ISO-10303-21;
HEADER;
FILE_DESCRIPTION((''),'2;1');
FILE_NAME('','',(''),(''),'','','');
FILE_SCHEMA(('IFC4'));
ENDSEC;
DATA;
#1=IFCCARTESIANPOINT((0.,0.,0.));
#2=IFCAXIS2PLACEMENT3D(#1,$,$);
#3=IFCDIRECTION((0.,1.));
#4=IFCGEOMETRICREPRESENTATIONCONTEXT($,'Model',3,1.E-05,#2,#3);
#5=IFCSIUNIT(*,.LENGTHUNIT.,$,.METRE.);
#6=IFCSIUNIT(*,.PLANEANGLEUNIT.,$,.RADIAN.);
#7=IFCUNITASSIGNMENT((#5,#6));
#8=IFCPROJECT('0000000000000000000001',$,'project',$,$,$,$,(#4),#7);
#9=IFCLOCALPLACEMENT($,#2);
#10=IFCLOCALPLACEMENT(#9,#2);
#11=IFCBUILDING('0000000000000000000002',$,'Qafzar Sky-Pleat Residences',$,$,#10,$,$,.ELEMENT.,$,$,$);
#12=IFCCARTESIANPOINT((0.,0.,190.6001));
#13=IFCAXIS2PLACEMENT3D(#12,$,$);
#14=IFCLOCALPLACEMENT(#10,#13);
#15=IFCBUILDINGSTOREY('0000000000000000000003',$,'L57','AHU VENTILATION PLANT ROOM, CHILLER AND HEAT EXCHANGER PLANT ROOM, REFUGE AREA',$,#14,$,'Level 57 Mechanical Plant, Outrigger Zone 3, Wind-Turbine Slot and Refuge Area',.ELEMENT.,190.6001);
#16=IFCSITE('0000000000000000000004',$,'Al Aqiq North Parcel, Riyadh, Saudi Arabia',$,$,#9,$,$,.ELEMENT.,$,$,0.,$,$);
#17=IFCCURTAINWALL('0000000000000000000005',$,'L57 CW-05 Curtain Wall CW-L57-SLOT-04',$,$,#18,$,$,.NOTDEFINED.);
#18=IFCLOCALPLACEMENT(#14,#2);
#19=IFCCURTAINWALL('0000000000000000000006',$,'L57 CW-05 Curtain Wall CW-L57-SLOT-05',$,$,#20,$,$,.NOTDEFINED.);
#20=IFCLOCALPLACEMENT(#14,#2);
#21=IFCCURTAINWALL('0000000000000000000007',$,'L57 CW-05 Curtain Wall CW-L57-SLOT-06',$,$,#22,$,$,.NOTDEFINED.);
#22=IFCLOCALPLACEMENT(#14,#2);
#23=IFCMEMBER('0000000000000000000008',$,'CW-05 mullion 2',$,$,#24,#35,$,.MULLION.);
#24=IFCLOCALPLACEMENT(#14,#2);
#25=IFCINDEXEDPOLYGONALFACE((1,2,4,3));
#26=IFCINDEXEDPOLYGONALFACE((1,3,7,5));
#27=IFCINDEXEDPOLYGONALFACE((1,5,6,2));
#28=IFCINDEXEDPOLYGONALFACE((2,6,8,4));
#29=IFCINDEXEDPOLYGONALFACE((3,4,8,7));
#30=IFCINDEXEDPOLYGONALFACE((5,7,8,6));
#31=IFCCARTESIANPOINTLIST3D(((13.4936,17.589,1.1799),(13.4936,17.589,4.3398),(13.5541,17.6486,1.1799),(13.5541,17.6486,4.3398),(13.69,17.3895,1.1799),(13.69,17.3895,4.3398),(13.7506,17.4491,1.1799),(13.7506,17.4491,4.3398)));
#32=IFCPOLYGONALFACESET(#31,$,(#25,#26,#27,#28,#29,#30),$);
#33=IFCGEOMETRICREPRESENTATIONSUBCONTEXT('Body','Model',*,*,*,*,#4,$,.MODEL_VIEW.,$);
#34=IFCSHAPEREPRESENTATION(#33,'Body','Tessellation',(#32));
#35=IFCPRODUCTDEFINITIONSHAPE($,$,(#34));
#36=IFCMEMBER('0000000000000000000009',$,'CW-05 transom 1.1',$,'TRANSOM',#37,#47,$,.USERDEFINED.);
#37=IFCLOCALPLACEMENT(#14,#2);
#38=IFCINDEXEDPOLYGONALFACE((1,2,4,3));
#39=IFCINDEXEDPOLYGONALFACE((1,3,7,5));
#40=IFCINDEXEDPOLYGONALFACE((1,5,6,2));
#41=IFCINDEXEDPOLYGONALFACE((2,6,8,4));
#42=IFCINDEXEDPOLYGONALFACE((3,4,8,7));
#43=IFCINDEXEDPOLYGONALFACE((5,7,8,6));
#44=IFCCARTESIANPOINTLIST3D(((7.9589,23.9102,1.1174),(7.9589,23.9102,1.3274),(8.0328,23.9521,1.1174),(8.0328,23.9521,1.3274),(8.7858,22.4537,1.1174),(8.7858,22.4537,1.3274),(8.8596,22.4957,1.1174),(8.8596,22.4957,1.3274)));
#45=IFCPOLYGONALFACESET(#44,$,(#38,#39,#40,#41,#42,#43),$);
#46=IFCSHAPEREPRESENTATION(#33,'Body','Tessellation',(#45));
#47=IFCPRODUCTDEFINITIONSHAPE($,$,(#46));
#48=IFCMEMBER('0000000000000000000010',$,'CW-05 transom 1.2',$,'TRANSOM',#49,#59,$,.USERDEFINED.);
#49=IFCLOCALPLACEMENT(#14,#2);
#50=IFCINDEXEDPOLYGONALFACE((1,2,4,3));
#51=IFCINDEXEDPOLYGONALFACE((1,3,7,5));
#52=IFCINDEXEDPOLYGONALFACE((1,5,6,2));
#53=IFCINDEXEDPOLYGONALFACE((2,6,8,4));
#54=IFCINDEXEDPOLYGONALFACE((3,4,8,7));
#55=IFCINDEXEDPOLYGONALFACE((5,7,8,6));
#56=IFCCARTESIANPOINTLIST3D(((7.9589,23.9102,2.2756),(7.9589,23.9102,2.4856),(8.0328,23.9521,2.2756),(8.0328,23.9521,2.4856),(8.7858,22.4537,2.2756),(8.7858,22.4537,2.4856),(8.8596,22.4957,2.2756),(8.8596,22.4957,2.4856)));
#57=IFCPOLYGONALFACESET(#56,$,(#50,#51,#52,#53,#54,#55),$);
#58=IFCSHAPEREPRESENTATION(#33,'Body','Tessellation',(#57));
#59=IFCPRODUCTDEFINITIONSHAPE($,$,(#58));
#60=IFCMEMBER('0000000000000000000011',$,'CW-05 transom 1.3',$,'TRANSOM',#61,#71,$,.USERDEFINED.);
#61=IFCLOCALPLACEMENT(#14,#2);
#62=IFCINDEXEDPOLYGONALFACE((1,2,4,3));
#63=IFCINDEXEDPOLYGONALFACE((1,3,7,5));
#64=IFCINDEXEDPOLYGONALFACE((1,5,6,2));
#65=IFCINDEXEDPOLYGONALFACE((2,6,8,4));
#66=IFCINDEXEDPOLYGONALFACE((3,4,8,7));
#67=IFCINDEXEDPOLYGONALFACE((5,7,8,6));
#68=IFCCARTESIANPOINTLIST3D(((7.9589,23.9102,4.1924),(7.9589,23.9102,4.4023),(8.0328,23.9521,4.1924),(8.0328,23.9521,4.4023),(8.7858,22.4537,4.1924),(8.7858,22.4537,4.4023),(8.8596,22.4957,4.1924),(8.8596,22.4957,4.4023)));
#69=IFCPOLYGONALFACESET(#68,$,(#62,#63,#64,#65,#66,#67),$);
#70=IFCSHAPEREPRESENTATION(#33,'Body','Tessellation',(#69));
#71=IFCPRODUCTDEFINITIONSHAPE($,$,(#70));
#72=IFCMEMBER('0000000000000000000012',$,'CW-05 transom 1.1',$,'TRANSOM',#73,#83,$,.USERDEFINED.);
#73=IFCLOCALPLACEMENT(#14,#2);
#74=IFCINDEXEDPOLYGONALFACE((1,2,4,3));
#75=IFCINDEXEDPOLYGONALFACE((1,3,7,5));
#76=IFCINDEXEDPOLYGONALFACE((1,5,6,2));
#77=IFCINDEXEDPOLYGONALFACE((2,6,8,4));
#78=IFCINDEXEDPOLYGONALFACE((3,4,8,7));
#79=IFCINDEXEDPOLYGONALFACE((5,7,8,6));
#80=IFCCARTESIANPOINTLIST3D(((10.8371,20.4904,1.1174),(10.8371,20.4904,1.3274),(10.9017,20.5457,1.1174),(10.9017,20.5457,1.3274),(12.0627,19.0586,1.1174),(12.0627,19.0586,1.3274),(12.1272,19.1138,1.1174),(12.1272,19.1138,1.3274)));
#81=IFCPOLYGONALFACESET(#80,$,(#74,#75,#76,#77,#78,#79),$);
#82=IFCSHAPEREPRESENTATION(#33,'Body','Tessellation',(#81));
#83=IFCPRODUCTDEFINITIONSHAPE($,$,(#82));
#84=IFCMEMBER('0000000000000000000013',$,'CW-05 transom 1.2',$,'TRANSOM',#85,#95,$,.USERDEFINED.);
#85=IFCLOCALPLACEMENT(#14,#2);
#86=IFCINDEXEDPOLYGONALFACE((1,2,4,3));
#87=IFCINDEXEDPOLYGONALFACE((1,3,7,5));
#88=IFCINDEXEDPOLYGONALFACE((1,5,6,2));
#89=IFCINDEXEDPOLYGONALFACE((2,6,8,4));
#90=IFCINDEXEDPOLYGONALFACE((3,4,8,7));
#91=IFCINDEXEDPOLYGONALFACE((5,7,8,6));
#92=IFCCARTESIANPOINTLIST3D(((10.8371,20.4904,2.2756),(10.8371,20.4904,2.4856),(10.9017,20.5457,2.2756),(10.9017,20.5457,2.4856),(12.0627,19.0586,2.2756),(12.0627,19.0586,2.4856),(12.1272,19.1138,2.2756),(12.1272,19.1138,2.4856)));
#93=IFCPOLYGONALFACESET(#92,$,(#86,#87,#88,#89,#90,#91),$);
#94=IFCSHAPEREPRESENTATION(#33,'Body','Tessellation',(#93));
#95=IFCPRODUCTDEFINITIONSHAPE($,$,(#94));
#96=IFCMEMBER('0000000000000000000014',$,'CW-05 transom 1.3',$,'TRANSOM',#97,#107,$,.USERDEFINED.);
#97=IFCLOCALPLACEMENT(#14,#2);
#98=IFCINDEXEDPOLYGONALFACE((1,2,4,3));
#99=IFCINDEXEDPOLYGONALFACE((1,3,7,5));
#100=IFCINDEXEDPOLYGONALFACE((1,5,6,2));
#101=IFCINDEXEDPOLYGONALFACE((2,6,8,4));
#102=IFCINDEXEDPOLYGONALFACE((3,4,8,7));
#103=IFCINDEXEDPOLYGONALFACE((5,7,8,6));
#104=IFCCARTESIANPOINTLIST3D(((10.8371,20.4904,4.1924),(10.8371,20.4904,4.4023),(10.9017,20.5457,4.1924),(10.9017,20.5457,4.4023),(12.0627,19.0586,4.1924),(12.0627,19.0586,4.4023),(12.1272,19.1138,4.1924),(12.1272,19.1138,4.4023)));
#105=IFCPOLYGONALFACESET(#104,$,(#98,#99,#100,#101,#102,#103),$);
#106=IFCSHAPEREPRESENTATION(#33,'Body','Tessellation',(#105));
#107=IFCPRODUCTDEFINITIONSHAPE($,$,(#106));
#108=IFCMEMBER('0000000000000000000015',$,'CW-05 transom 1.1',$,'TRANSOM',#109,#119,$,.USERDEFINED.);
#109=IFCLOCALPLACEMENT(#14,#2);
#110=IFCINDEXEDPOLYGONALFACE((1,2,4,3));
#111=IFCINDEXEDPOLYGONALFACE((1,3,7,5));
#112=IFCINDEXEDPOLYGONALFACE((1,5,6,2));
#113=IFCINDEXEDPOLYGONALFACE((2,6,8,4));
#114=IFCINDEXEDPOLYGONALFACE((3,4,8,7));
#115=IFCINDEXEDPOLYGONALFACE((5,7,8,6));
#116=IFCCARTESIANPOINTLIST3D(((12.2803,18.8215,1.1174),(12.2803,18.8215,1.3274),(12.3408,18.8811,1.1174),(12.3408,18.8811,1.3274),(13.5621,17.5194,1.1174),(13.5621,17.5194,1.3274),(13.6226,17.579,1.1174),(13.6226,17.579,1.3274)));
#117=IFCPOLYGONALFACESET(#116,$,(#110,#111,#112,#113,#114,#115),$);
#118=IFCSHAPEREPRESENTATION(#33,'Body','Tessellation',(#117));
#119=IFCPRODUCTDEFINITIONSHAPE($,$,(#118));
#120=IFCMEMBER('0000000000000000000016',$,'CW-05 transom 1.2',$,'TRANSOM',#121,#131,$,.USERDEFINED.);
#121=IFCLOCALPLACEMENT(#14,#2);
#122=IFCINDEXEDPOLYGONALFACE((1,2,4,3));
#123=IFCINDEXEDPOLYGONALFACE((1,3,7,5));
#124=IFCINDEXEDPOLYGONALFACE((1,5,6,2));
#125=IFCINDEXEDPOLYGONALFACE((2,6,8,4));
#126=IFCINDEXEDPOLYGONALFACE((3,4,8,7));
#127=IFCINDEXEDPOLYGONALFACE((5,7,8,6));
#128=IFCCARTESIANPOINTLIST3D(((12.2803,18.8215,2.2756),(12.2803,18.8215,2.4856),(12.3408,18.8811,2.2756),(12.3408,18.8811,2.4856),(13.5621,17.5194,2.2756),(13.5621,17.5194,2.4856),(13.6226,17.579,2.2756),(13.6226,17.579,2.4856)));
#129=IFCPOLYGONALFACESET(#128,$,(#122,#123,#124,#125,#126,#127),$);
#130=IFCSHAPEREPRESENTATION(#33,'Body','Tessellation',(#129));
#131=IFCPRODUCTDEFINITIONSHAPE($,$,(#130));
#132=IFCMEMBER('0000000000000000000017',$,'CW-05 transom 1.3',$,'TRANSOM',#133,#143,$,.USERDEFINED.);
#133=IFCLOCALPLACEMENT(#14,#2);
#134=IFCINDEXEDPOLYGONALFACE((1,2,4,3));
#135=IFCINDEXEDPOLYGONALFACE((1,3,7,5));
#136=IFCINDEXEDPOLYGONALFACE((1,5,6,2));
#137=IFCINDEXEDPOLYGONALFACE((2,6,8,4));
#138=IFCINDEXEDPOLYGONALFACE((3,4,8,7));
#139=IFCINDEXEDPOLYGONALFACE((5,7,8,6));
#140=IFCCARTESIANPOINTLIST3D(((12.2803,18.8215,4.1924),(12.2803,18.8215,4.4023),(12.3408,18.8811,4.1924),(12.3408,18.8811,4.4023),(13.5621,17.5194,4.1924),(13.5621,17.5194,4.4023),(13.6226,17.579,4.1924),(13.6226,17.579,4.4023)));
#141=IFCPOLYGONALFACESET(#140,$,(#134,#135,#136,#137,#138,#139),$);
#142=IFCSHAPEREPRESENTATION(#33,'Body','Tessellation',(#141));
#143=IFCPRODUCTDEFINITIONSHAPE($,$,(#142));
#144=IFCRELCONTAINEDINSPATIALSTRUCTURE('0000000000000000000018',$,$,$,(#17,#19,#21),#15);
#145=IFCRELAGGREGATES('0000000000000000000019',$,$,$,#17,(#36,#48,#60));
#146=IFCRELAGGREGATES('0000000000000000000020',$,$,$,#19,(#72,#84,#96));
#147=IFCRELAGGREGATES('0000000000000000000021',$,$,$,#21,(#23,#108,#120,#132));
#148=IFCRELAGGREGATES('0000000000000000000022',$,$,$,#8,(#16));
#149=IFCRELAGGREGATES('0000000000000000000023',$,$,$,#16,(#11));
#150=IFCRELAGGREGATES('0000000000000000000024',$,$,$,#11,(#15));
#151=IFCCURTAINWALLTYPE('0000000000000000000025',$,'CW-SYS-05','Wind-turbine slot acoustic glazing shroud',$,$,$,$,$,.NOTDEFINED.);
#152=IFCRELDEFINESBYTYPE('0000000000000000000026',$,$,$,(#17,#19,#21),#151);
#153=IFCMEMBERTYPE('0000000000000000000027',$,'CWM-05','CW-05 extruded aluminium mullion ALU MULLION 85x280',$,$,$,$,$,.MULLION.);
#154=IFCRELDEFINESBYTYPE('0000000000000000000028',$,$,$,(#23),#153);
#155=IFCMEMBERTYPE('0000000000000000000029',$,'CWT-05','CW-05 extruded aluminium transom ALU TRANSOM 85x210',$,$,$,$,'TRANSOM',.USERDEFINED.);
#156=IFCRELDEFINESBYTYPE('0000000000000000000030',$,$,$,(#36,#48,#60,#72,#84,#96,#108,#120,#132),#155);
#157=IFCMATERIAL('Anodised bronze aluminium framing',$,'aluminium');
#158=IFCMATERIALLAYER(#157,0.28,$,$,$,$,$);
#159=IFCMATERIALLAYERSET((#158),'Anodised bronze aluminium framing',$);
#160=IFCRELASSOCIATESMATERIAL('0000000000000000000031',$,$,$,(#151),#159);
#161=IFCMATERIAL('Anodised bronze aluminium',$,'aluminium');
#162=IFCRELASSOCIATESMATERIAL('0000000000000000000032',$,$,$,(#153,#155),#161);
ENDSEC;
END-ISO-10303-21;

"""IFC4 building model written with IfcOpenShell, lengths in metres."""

from ifc_helpers import new_model, si_unit, direction, frame, origin, origin_2d, place, context, subcontext, project, spatial, rectangle, extrude, source, transform, mapped, material, layer, layer_set, material_profile, profile_set, type_object, element, aggregate, save


model = new_model("IFC4")

# Units and contexts
model_context = context("Model", 3, precision=1e-05, world=origin(), true_north=direction((0.0, 1.0)))
body_context = subcontext(model_context, "Body", "Model", "MODEL_VIEW")
ifc_project = project(units=[si_unit("LENGTHUNIT", "METRE"), si_unit("PLANEANGLEUNIT", "RADIAN")], contexts=[model_context])

# Site, building, storey
site_placement = place(None, origin())
site = spatial("IfcSite", under=ifc_project, at=site_placement, Name="Al Aqiq North Parcel, Riyadh, Saudi Arabia", CompositionType="ELEMENT", RefElevation=0.0)
building_placement = place(site_placement, origin())
building = spatial("IfcBuilding", under=site, at=building_placement, Name="Qafzar Sky-Pleat Residences", CompositionType="ELEMENT")
storey_placement = place(building_placement, frame((0.0, 0.0, 190.6001)))
storey = spatial("IfcBuildingStorey", under=building, at=storey_placement, Name="L57", Description="AHU VENTILATION PLANT ROOM, CHILLER AND HEAT EXCHANGER PLANT ROOM, REFUGE AREA", LongName="Level 57 Mechanical Plant, Outrigger Zone 3, Wind-Turbine Slot and Refuge Area", CompositionType="ELEMENT", Elevation=190.6001)

# Shared definitions
ifc_material_1 = material(Name="Anodised bronze aluminium framing", Category="aluminium")
ifc_layer_1 = layer(ifc_material_1, 0.28)
ifc_layer_set_1 = layer_set([ifc_layer_1], Name="Anodised bronze aluminium framing")
curtain_wall_type = type_object("IfcCurtainWallType", Name="CW-SYS-05", Description="Wind-turbine slot acoustic glazing shroud", PredefinedType="NOTDEFINED", material=ifc_layer_set_1)
ifc_material_2 = material(Name="Anodised bronze aluminium", Category="aluminium")
ifc_material_profile_1 = material_profile(ifc_material_2, rectangle(XDim=0.085, YDim=0.28, at=origin_2d()), Name="ALU MULLION 85x280")
ifc_profile_set_1 = profile_set([ifc_material_profile_1], Name="Anodised bronze aluminium")
member_type_1 = type_object("IfcMemberType", Name="CWM-05", Description="CW-05 extruded aluminium mullion ALU MULLION 85x280", PredefinedType="MULLION", material=ifc_profile_set_1)
shared_shape_1 = source(origin(), body_context, "Body", "SweptSolid", [
    extrude(rectangle(XDim=0.085, YDim=0.28, at=origin_2d()), origin(), (0.0, 0.0, 1.0), 3.1599),
])

# Curtain walls, member
curtain_wall_1_placement = place(storey_placement, origin())
curtain_wall_1 = element("IfcCurtainWall", 1, at=curtain_wall_1_placement, inside=storey, type_object=curtain_wall_type, Name="L57 CW-05 Curtain Wall CW-L57-SLOT-04", PredefinedType="NOTDEFINED")
curtain_wall_2_placement = place(storey_placement, origin())
curtain_wall_2 = element("IfcCurtainWall", 2, at=curtain_wall_2_placement, inside=storey, type_object=curtain_wall_type, Name="L57 CW-05 Curtain Wall CW-L57-SLOT-05", PredefinedType="NOTDEFINED")
curtain_wall_3_placement = place(storey_placement, origin())
curtain_wall_3 = element("IfcCurtainWall", 3, at=curtain_wall_3_placement, inside=storey, type_object=curtain_wall_type, Name="L57 CW-05 Curtain Wall CW-L57-SLOT-06", PredefinedType="NOTDEFINED")
member_1_placement = place(storey_placement, frame((13.6221, 17.519, 1.1799), z_axis=(0.0, 0.0, 1.0), x_axis=(0.712643, 0.701527, 0.0)))
member_1 = element("IfcMember", 4, at=member_1_placement, type_object=member_type_1, Name="CW-05 mullion 2", PredefinedType="MULLION", context=body_context, shape_type="MappedRepresentation", body=[
    mapped(shared_shape_1, transform((0.0, 0.0, 0.0), x_axis=(1.0, 0.0, 0.0), y_axis=(0.0, 1.0, 0.0), z_axis=(0.0, 0.0, 1.0), scale=1.0)),
])

# Members
ifc_material_profile_2 = material_profile(ifc_material_2, rectangle(XDim=0.085, YDim=0.21, at=origin_2d()), Name="ALU TRANSOM 85x210")
ifc_profile_set_2 = profile_set([ifc_material_profile_2], Name="Anodised bronze aluminium")
member_type_2 = type_object("IfcMemberType", Name="CWT-05", Description="CW-05 extruded aluminium transom ALU TRANSOM 85x210", ElementType="TRANSOM", PredefinedType="USERDEFINED", material=ifc_profile_set_2)
shared_shape_2 = source(origin(), body_context, "Body", "SweptSolid", [
    extrude(rectangle(XDim=0.085, YDim=0.21, at=origin_2d()), origin(), (0.0, 0.0, 1.0), 1.6748),
])
member_2_placement = place(storey_placement, frame((7.9958, 23.9312, 1.2224), z_axis=(0.493704, -0.86963, 0.0), x_axis=(0.86963, 0.493704, 0.0)))
member_2 = element("IfcMember", 5, at=member_2_placement, type_object=member_type_2, Name="CW-05 transom 1.1", ObjectType="TRANSOM", PredefinedType="USERDEFINED", context=body_context, shape_type="MappedRepresentation", body=[
    mapped(shared_shape_2, transform((0.0, 0.0, 0.0), x_axis=(1.0, 0.0, 0.0), y_axis=(0.0, 1.0, 0.0), z_axis=(0.0, 0.0, 1.0), scale=1.0)),
])
member_3_placement = place(storey_placement, frame((7.9958, 23.9312, 2.3806), z_axis=(0.493704, -0.86963, 0.0), x_axis=(0.86963, 0.493704, 0.0)))
member_3 = element("IfcMember", 6, at=member_3_placement, type_object=member_type_2, Name="CW-05 transom 1.2", ObjectType="TRANSOM", PredefinedType="USERDEFINED", context=body_context, shape_type="MappedRepresentation", body=[
    mapped(shared_shape_2, transform((0.0, 0.0, 0.0), x_axis=(1.0, 0.0, 0.0), y_axis=(0.0, 1.0, 0.0), z_axis=(0.0, 0.0, 1.0), scale=1.0)),
])
member_4_placement = place(storey_placement, frame((7.9958, 23.9312, 4.2974), z_axis=(0.493704, -0.86963, 0.0), x_axis=(0.86963, 0.493704, 0.0)))
member_4 = element("IfcMember", 7, at=member_4_placement, type_object=member_type_2, Name="CW-05 transom 1.3", ObjectType="TRANSOM", PredefinedType="USERDEFINED", context=body_context, shape_type="MappedRepresentation", body=[
    mapped(shared_shape_2, transform((0.0, 0.0, 0.0), x_axis=(1.0, 0.0, 0.0), y_axis=(0.0, 1.0, 0.0), z_axis=(0.0, 0.0, 1.0), scale=1.0)),
])
shared_shape_3 = source(origin(), body_context, "Body", "SweptSolid", [
    extrude(rectangle(XDim=0.085, YDim=0.21, at=origin_2d()), origin(), (0.0, 0.0, 1.0), 1.8848),
])
member_5_placement = place(storey_placement, frame((10.8694, 20.5181, 1.2224), z_axis=(0.650258, -0.759714, 0.0), x_axis=(0.759714, 0.650258, 0.0)))
member_5 = element("IfcMember", 8, at=member_5_placement, type_object=member_type_2, Name="CW-05 transom 1.1", ObjectType="TRANSOM", PredefinedType="USERDEFINED", context=body_context, shape_type="MappedRepresentation", body=[
    mapped(shared_shape_3, transform((0.0, 0.0, 0.0), x_axis=(1.0, 0.0, 0.0), y_axis=(0.0, 1.0, 0.0), z_axis=(0.0, 0.0, 1.0), scale=1.0)),
])
member_6_placement = place(storey_placement, frame((10.8694, 20.5181, 2.3806), z_axis=(0.650258, -0.759714, 0.0), x_axis=(0.759714, 0.650258, 0.0)))
member_6 = element("IfcMember", 9, at=member_6_placement, type_object=member_type_2, Name="CW-05 transom 1.2", ObjectType="TRANSOM", PredefinedType="USERDEFINED", context=body_context, shape_type="MappedRepresentation", body=[
    mapped(shared_shape_3, transform((0.0, 0.0, 0.0), x_axis=(1.0, 0.0, 0.0), y_axis=(0.0, 1.0, 0.0), z_axis=(0.0, 0.0, 1.0), scale=1.0)),
])
member_7_placement = place(storey_placement, frame((10.8694, 20.5181, 4.2974), z_axis=(0.650258, -0.759714, 0.0), x_axis=(0.759714, 0.650258, 0.0)))
member_7 = element("IfcMember", 10, at=member_7_placement, type_object=member_type_2, Name="CW-05 transom 1.3", ObjectType="TRANSOM", PredefinedType="USERDEFINED", context=body_context, shape_type="MappedRepresentation", body=[
    mapped(shared_shape_3, transform((0.0, 0.0, 0.0), x_axis=(1.0, 0.0, 0.0), y_axis=(0.0, 1.0, 0.0), z_axis=(0.0, 0.0, 1.0), scale=1.0)),
])
shared_shape_4 = source(origin(), body_context, "Body", "SweptSolid", [
    extrude(rectangle(XDim=0.085, YDim=0.21, at=origin_2d()), origin(), (0.0, 0.0, 1.0), 1.8271),
])
member_8_placement = place(storey_placement, frame((12.3105, 18.8513, 1.2224), z_axis=(0.70154, -0.712631, 0.0), x_axis=(0.712631, 0.70154, 0.0)))
member_8 = element("IfcMember", 11, at=member_8_placement, type_object=member_type_2, Name="CW-05 transom 1.1", ObjectType="TRANSOM", PredefinedType="USERDEFINED", context=body_context, shape_type="MappedRepresentation", body=[
    mapped(shared_shape_4, transform((0.0, 0.0, 0.0), x_axis=(1.0, 0.0, 0.0), y_axis=(0.0, 1.0, 0.0), z_axis=(0.0, 0.0, 1.0), scale=1.0)),
])
member_9_placement = place(storey_placement, frame((12.3105, 18.8513, 2.3806), z_axis=(0.70154, -0.712631, 0.0), x_axis=(0.712631, 0.70154, 0.0)))
member_9 = element("IfcMember", 12, at=member_9_placement, type_object=member_type_2, Name="CW-05 transom 1.2", ObjectType="TRANSOM", PredefinedType="USERDEFINED", context=body_context, shape_type="MappedRepresentation", body=[
    mapped(shared_shape_4, transform((0.0, 0.0, 0.0), x_axis=(1.0, 0.0, 0.0), y_axis=(0.0, 1.0, 0.0), z_axis=(0.0, 0.0, 1.0), scale=1.0)),
])
member_10_placement = place(storey_placement, frame((12.3105, 18.8513, 4.2974), z_axis=(0.70154, -0.712631, 0.0), x_axis=(0.712631, 0.70154, 0.0)))
member_10 = element("IfcMember", 13, at=member_10_placement, type_object=member_type_2, Name="CW-05 transom 1.3", ObjectType="TRANSOM", PredefinedType="USERDEFINED", context=body_context, shape_type="MappedRepresentation", body=[
    mapped(shared_shape_4, transform((0.0, 0.0, 0.0), x_axis=(1.0, 0.0, 0.0), y_axis=(0.0, 1.0, 0.0), z_axis=(0.0, 0.0, 1.0), scale=1.0)),
])

aggregate(curtain_wall_1, [member_2, member_3, member_4])
aggregate(curtain_wall_2, [member_5, member_6, member_7])
aggregate(curtain_wall_3, [member_1, member_8, member_9, member_10])

save(model, "model.ifc")
